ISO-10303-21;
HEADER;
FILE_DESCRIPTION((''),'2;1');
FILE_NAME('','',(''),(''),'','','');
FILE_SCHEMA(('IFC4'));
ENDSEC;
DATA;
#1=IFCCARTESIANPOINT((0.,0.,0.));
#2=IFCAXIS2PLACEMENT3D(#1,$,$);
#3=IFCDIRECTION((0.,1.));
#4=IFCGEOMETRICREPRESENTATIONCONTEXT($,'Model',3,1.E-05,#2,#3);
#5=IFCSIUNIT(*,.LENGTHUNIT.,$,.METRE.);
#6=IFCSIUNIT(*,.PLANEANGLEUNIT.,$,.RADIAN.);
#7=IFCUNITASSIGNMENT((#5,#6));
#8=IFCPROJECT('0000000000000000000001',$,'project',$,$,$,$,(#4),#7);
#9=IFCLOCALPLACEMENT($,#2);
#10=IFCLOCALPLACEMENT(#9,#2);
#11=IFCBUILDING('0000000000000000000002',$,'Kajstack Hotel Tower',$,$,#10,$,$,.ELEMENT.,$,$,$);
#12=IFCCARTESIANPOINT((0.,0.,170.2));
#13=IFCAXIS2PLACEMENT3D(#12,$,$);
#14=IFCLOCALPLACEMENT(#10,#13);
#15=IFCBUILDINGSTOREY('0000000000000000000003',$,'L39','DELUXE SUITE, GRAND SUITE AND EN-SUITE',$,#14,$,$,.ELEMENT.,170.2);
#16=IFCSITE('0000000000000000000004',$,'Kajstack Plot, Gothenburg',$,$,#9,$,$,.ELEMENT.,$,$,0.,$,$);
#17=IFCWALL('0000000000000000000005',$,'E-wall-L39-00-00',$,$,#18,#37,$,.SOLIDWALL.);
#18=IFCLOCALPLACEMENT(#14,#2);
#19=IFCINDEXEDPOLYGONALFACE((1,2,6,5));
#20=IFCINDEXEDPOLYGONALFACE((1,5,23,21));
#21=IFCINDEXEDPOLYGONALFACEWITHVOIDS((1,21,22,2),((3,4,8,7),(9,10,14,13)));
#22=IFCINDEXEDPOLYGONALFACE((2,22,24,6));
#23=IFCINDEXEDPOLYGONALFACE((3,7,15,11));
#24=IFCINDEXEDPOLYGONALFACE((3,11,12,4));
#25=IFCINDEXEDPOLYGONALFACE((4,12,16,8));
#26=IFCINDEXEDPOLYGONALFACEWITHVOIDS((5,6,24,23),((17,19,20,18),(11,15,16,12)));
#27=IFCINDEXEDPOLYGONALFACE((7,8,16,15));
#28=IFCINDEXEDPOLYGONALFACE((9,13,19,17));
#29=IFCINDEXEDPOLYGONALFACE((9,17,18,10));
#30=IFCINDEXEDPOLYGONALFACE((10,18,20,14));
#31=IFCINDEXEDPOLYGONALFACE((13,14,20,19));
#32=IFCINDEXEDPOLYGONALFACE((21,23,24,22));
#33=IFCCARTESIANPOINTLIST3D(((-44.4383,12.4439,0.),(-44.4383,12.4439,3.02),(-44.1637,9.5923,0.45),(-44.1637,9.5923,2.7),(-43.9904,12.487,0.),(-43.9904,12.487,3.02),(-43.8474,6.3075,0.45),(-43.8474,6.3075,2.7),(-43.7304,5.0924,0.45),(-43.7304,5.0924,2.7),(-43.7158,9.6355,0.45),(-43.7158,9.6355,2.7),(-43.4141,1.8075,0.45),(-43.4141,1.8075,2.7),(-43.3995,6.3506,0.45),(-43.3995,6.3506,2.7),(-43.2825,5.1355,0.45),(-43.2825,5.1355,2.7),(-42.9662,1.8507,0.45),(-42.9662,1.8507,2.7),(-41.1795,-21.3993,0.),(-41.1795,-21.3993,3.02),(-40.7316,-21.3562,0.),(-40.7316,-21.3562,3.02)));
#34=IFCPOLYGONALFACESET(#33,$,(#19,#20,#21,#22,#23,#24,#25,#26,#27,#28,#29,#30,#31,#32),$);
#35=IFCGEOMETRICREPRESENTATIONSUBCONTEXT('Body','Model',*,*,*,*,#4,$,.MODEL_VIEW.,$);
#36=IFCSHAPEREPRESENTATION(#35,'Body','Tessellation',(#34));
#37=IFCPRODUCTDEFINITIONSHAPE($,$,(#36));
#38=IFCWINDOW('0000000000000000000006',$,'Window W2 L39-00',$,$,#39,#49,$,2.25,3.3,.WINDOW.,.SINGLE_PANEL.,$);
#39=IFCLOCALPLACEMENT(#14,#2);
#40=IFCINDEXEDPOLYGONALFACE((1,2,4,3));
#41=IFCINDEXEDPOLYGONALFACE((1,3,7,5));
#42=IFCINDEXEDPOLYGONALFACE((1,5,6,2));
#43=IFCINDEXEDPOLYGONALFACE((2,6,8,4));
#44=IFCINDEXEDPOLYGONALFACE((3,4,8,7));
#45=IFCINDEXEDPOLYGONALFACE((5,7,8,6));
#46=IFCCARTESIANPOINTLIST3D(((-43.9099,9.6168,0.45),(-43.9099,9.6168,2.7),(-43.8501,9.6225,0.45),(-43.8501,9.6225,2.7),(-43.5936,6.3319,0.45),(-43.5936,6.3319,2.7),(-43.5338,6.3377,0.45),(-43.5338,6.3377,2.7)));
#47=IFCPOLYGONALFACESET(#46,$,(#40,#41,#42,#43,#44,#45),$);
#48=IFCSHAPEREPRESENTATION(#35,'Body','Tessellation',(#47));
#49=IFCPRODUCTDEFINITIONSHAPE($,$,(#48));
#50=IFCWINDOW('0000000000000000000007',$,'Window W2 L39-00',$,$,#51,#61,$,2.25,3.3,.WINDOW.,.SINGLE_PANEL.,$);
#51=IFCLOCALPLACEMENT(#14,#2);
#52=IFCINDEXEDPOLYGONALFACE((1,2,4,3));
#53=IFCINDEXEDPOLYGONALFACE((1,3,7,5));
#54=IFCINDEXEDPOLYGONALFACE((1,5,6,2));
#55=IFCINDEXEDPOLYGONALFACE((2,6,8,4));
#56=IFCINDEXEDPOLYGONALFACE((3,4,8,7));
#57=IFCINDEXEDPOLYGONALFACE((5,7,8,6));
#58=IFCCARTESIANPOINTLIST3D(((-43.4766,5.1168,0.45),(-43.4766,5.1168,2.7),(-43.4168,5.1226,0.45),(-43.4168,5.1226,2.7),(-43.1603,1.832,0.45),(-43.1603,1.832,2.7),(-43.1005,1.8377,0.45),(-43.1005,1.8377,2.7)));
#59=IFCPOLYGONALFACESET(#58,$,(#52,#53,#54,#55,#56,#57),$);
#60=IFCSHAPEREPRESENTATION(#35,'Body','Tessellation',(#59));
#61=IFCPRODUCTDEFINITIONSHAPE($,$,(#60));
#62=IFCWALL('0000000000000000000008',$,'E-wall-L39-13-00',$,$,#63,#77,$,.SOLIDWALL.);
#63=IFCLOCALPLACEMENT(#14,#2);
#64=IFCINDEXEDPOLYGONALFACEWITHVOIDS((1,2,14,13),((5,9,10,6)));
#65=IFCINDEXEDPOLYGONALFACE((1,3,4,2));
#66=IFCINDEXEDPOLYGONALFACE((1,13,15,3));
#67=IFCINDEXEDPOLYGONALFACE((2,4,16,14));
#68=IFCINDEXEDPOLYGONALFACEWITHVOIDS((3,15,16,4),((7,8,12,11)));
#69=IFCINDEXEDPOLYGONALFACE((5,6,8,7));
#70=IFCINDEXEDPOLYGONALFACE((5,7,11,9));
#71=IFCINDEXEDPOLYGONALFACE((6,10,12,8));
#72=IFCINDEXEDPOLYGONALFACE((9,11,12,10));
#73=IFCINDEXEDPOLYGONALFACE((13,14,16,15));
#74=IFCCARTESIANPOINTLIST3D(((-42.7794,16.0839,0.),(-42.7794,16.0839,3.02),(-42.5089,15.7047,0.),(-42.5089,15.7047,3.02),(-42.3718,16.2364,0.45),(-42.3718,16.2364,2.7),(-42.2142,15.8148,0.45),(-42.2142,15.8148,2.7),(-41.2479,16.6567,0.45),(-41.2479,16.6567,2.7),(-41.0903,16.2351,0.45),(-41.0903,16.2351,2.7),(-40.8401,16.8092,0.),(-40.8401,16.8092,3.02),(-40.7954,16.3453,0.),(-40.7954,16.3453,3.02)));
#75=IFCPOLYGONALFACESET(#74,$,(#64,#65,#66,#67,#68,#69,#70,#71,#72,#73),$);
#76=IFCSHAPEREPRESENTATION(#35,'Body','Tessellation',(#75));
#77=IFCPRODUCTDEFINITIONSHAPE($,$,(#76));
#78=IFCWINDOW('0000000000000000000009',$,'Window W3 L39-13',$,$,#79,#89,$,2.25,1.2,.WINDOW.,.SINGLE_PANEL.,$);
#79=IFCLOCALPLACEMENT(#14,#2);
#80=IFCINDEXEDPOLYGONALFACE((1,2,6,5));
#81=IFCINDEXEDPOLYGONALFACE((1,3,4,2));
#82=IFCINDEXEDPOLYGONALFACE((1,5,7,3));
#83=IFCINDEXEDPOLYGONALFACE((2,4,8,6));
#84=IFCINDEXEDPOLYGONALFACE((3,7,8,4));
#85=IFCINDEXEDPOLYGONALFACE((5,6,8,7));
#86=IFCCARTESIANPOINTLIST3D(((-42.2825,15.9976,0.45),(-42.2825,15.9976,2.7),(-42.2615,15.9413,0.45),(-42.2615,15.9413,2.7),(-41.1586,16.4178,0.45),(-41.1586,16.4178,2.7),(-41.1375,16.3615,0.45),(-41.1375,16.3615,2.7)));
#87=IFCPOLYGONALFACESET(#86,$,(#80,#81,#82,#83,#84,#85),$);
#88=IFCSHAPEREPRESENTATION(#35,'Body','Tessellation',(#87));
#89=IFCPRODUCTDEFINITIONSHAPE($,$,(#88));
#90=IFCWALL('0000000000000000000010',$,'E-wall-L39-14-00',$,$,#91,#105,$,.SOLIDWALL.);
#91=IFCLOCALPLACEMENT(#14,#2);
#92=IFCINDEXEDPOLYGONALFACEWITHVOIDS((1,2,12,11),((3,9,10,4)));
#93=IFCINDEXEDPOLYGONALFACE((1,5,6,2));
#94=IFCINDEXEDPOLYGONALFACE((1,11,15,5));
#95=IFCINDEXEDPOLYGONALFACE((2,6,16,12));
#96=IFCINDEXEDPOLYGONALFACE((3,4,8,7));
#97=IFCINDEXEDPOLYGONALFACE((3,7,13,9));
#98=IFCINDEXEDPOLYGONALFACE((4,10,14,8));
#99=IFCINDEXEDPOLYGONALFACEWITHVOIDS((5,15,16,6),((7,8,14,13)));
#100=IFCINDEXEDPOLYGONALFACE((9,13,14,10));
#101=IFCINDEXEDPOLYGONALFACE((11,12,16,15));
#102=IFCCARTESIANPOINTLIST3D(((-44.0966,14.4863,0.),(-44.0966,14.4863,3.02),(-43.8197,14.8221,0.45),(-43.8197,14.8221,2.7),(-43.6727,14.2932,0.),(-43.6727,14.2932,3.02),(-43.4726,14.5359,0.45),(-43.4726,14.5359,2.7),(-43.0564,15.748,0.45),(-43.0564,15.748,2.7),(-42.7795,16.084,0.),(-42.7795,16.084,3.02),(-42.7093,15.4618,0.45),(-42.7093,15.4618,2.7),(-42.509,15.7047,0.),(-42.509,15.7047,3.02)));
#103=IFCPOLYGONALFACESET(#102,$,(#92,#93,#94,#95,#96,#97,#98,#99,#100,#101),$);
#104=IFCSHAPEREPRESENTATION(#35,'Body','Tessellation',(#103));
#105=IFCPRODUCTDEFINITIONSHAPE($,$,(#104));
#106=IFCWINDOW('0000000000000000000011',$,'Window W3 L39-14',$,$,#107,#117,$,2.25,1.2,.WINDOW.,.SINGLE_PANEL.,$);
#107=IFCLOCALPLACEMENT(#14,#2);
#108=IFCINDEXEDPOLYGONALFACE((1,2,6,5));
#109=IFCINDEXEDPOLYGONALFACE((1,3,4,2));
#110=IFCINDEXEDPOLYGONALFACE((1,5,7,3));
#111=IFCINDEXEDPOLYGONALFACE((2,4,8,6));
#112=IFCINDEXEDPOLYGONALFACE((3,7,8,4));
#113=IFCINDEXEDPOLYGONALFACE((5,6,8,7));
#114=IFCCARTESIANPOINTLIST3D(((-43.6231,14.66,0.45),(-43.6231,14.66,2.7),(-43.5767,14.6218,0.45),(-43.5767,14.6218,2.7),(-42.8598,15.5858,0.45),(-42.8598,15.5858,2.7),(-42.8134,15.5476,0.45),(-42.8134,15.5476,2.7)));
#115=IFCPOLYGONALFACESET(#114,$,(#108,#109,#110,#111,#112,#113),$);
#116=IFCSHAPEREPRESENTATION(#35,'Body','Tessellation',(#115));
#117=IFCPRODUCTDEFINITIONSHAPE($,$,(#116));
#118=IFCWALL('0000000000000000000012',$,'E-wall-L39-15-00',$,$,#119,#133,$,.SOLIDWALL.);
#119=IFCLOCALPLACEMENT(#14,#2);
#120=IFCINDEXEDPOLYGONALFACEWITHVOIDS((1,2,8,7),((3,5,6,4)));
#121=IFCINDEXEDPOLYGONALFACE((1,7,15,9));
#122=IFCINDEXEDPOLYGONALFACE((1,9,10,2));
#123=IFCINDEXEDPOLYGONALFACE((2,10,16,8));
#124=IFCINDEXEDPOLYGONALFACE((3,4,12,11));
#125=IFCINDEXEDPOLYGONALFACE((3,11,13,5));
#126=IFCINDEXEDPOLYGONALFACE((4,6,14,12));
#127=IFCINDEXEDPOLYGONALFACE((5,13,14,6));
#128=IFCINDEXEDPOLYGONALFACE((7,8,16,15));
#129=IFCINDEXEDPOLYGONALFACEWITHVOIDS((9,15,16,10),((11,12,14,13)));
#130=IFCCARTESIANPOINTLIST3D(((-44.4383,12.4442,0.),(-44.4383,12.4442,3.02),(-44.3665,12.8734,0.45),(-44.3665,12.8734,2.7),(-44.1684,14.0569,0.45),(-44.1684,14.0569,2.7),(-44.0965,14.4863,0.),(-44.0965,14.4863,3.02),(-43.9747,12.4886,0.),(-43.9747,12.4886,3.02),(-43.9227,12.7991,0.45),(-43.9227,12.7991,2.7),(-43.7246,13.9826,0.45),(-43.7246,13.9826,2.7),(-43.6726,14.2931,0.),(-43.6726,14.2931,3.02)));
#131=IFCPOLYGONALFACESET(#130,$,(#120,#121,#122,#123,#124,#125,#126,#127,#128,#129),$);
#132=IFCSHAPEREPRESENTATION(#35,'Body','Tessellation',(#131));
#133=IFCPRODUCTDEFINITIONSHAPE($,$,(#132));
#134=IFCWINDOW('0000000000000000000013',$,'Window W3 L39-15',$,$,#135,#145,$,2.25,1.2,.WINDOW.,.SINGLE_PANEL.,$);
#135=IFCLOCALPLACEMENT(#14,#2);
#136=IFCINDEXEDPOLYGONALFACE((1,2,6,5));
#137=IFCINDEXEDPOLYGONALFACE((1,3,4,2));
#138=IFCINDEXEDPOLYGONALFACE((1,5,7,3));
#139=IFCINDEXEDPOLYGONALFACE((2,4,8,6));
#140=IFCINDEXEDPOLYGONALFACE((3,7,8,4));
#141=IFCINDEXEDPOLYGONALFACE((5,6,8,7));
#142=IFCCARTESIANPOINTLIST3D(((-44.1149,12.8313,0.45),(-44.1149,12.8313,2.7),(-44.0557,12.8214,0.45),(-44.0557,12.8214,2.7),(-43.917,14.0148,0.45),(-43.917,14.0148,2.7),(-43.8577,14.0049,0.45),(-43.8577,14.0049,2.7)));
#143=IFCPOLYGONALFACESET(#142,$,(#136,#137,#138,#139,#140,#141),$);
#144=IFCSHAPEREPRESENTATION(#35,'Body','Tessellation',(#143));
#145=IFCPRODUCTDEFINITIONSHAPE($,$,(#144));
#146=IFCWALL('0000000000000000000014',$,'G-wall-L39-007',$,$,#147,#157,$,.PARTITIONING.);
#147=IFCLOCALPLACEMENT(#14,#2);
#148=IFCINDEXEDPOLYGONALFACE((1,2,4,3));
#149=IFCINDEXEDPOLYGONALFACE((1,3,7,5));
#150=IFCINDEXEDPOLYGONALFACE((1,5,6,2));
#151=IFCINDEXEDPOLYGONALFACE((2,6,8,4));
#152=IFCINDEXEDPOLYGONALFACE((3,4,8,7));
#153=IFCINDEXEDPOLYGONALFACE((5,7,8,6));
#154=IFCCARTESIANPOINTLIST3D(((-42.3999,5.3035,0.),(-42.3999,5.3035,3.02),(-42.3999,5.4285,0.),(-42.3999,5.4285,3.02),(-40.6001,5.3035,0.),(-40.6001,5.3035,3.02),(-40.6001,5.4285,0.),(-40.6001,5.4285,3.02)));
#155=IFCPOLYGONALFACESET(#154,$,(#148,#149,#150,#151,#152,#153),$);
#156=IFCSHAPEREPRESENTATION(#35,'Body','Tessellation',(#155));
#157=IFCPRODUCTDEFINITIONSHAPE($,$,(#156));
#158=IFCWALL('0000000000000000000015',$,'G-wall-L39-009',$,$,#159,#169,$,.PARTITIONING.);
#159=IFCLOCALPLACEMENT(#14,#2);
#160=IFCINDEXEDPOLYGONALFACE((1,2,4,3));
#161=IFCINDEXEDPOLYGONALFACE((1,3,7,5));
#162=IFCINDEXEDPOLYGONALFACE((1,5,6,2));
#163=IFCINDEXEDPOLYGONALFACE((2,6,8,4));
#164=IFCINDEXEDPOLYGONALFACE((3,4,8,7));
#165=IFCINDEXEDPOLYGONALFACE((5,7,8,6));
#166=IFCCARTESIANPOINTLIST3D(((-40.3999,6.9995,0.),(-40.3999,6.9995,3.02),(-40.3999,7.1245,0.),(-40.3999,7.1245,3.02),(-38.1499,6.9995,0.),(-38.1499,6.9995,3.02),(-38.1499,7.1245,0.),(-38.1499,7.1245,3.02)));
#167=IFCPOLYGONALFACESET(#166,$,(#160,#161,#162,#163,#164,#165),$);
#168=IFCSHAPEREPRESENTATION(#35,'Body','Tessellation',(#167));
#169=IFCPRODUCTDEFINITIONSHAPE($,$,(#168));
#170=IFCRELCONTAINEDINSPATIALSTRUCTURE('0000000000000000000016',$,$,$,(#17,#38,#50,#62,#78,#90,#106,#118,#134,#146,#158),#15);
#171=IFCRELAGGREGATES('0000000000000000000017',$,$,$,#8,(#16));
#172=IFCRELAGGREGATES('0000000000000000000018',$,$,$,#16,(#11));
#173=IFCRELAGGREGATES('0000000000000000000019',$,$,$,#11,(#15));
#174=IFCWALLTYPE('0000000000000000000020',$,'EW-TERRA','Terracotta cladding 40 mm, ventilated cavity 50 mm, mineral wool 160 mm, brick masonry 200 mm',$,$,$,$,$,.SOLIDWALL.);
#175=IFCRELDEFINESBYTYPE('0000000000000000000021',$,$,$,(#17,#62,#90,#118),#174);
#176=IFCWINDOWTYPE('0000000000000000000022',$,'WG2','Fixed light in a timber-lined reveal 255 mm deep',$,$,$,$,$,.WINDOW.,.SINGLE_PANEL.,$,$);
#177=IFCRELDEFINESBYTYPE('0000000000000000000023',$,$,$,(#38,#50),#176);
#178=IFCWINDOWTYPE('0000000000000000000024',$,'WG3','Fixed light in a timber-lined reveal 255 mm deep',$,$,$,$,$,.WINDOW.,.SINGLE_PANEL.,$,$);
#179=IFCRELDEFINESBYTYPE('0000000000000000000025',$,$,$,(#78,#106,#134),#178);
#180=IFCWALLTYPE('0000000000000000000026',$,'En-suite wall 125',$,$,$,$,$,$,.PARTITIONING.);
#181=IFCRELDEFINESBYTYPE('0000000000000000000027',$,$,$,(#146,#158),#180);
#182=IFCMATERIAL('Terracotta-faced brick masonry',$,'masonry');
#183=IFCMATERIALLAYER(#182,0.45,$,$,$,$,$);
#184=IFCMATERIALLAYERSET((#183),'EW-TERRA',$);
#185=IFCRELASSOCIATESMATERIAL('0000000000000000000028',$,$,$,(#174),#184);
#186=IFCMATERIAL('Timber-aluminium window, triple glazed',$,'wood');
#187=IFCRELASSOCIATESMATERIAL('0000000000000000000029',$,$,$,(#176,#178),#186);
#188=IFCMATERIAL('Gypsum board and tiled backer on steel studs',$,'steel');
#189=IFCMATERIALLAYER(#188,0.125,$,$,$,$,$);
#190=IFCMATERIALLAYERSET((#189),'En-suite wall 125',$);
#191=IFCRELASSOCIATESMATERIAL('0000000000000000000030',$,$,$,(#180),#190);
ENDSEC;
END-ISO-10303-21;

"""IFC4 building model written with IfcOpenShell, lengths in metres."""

from ifc_helpers import new_model, si_unit, direction, frame, frame_2d, origin, place, context, subcontext, project, spatial, polyline, rectangle, outline, extrude, material, layer, layer_set, type_object, element, fill, save


model = new_model("IFC4")

# Units and contexts
model_context = context("Model", 3, precision=1e-05, world=origin(), true_north=direction((0.0, 1.0)))
body_context = subcontext(model_context, "Body", "Model", "MODEL_VIEW")
ifc_project = project(units=[si_unit("LENGTHUNIT", "METRE"), si_unit("PLANEANGLEUNIT", "RADIAN")], contexts=[model_context])

# Site, building, storey
site_placement = place(None, origin())
site = spatial("IfcSite", under=ifc_project, at=site_placement, Name="Kajstack Plot, Gothenburg", CompositionType="ELEMENT", RefElevation=0.0)
building_placement = place(site_placement, origin())
building = spatial("IfcBuilding", under=site, at=building_placement, Name="Kajstack Hotel Tower", CompositionType="ELEMENT")
storey_placement = place(building_placement, frame((0.0, 0.0, 170.2)))
storey = spatial("IfcBuildingStorey", under=building, at=storey_placement, Name="L39", Description="DELUXE SUITE, GRAND SUITE AND EN-SUITE", CompositionType="ELEMENT", Elevation=170.2)

# Wall, openings, windows
ifc_material_1 = material(Name="Terracotta-faced brick masonry", Category="masonry")
ifc_layer_1 = layer(ifc_material_1, 0.45)
ifc_layer_set_1 = layer_set([ifc_layer_1], Name="EW-TERRA")
wall_type_1 = type_object("IfcWallType", Name="EW-TERRA", Description="Terracotta cladding 40 mm, ventilated cavity 50 mm, mineral wool 160 mm, brick masonry 200 mm", PredefinedType="SOLIDWALL", material=ifc_layer_set_1)
wall_1_placement = place(storey_placement, frame((-44.2144, 12.4656, 0.0), z_axis=(0.0, 0.0, 1.0), x_axis=(0.095847, -0.995396, 0.0)))
wall_1 = element("IfcWall", 1, at=wall_1_placement, inside=storey, type_object=wall_type_1, Name="E-wall-L39-00-00", PredefinedType="SOLIDWALL", context=body_context, shape_type="SweptSolid", body=[
    extrude(rectangle(XDim=33.9998, YDim=0.45, at=frame_2d((17.0, 0.0))), origin(), (0.0, 0.0, 1.0), 3.02),
])
opening_1_placement = place(wall_1_placement, frame((2.865, 0.0, 0.45)))
opening_1 = element("IfcOpeningElement", 2, at=opening_1_placement, cuts=wall_1, PredefinedType="OPENING", context=body_context, shape_type="SweptSolid", body=[
    extrude(rectangle(XDim=3.3, YDim=2.25, at=frame_2d((1.6499, 1.125))), frame((0.0, 0.2349, 0.0), z_axis=(0.0, -1.0, 0.0), x_axis=(1.0, 0.0, 0.0)), (0.0, 0.0, 1.0), 0.47),
])
opening_2_placement = place(wall_1_placement, frame((7.3857, 0.0, 0.45)))
opening_2 = element("IfcOpeningElement", 3, at=opening_2_placement, cuts=wall_1, PredefinedType="OPENING", context=body_context, shape_type="SweptSolid", body=[
    extrude(rectangle(XDim=3.3, YDim=2.25, at=frame_2d((1.6499, 1.125))), frame((0.0, 0.2349, 0.0), z_axis=(0.0, -1.0, 0.0), x_axis=(1.0, 0.0, 0.0)), (0.0, 0.0, 1.0), 0.47),
])
ifc_material_2 = material(Name="Timber-aluminium window, triple glazed", Category="wood")
window_type_1 = type_object("IfcWindowType", Name="WG2", Description="Fixed light in a timber-lined reveal 255 mm deep", PartitioningType="SINGLE_PANEL", PredefinedType="WINDOW", material=ifc_material_2)
window_1_placement = place(opening_1_placement, origin())
window_1 = element("IfcWindow", 4, at=window_1_placement, inside=storey, type_object=window_type_1, Name="Window W2 L39-00", OverallHeight=2.25, OverallWidth=3.3, PartitioningType="SINGLE_PANEL", PredefinedType="WINDOW", context=body_context, shape_type="SweptSolid", body=[
    extrude(rectangle(XDim=3.3, YDim=2.25, at=frame_2d((1.6499, 1.125))), frame((0.0, 0.0901, 0.0), z_axis=(0.0, -1.0, 0.0), x_axis=(1.0, 0.0, 0.0)), (0.0, 0.0, 1.0), 0.0601),
])
fill(opening_1, window_1)
window_2_placement = place(opening_2_placement, origin())
window_2 = element("IfcWindow", 5, at=window_2_placement, inside=storey, type_object=window_type_1, Name="Window W2 L39-00", OverallHeight=2.25, OverallWidth=3.3, PartitioningType="SINGLE_PANEL", PredefinedType="WINDOW", context=body_context, shape_type="SweptSolid", body=[
    extrude(rectangle(XDim=3.3, YDim=2.25, at=frame_2d((1.6499, 1.125))), frame((0.0, 0.0901, 0.0), z_axis=(0.0, -1.0, 0.0), x_axis=(1.0, 0.0, 0.0)), (0.0, 0.0, 1.0), 0.0601),
])
fill(opening_2, window_2)

# Walls, openings, windows
wall_2_placement = place(storey_placement, frame((-40.7612, 16.5984, 0.0), z_axis=(0.0, 0.0, 1.0), x_axis=(-0.936678, -0.350193, 0.0)))
wall_2 = element("IfcWall", 6, at=wall_2_placement, inside=storey, type_object=wall_type_1, Name="E-wall-L39-13-00", PredefinedType="SOLIDWALL", context=body_context, shape_type="SweptSolid", body=[
    extrude(outline(polyline([(0.0, -0.2251), (2.0706, -0.2249), (1.95, 0.2251), (0.1206, 0.2251), (0.0, -0.2251)])), origin(), (0.0, 0.0, 1.0), 3.02),
])
opening_3_placement = place(wall_2_placement, frame((0.4353, 0.0, 0.45)))
opening_3 = element("IfcOpeningElement", 7, at=opening_3_placement, cuts=wall_2, PredefinedType="OPENING", context=body_context, shape_type="SweptSolid", body=[
    extrude(rectangle(XDim=1.2, YDim=2.25, at=frame_2d((0.6001, 1.125))), frame((0.0, 0.2349, 0.0), z_axis=(0.0, -1.0, 0.0), x_axis=(1.0, 0.0, 0.0)), (0.0, 0.0, 1.0), 0.47),
])
window_type_2 = type_object("IfcWindowType", Name="WG3", Description="Fixed light in a timber-lined reveal 255 mm deep", PartitioningType="SINGLE_PANEL", PredefinedType="WINDOW", material=ifc_material_2)
window_3_placement = place(opening_3_placement, origin())
window_3 = element("IfcWindow", 8, at=window_3_placement, inside=storey, type_object=window_type_2, Name="Window W3 L39-13", OverallHeight=2.25, OverallWidth=1.2, PartitioningType="SINGLE_PANEL", PredefinedType="WINDOW", context=body_context, shape_type="SweptSolid", body=[
    extrude(rectangle(XDim=1.2, YDim=2.25, at=frame_2d((0.6001, 1.125))), frame((0.0, 0.0901, 0.0), z_axis=(0.0, -1.0, 0.0), x_axis=(1.0, 0.0, 0.0)), (0.0, 0.0, 1.0), 0.0601),
])
fill(opening_3, window_3)
wall_3_placement = place(storey_placement, frame((-42.606, 15.9409, 0.0), z_axis=(0.0, 0.0, 1.0), x_axis=(-0.636116, -0.771593, 0.0)))
wall_3 = element("IfcWall", 9, at=wall_3_placement, inside=storey, type_object=wall_type_1, Name="E-wall-L39-14-00", PredefinedType="SOLIDWALL", context=body_context, shape_type="SweptSolid", body=[
    extrude(outline(polyline([(0.0, -0.2249), (2.0706, -0.2249), (1.95, 0.2251), (0.1206, 0.2251), (0.0, -0.2249)])), origin(), (0.0, 0.0, 1.0), 3.02),
])
opening_4_placement = place(wall_3_placement, frame((0.4353, 0.0, 0.45)))
opening_4 = element("IfcOpeningElement", 10, at=opening_4_placement, cuts=wall_3, PredefinedType="OPENING", context=body_context, shape_type="SweptSolid", body=[
    extrude(rectangle(XDim=1.2, YDim=2.25, at=frame_2d((0.6001, 1.125))), frame((0.0, 0.2349, 0.0), z_axis=(0.0, -1.0, 0.0), x_axis=(1.0, 0.0, 0.0)), (0.0, 0.0, 1.0), 0.47),
])
window_4_placement = place(opening_4_placement, origin())
window_4 = element("IfcWindow", 11, at=window_4_placement, inside=storey, type_object=window_type_2, Name="Window W3 L39-14", OverallHeight=2.25, OverallWidth=1.2, PartitioningType="SINGLE_PANEL", PredefinedType="WINDOW", context=body_context, shape_type="SweptSolid", body=[
    extrude(rectangle(XDim=1.2, YDim=2.25, at=frame_2d((0.6001, 1.125))), frame((0.0, 0.0901, 0.0), z_axis=(0.0, -1.0, 0.0), x_axis=(1.0, 0.0, 0.0)), (0.0, 0.0, 1.0), 0.0601),
])
fill(opening_4, window_4)
wall_4_placement = place(storey_placement, frame((-43.8748, 14.4492, 0.0), z_axis=(0.0, 0.0, 1.0), x_axis=(-0.164953, -0.986301, 0.0)))
wall_4 = element("IfcWall", 12, at=wall_4_placement, inside=storey, type_object=wall_type_1, Name="E-wall-L39-15-00", PredefinedType="SOLIDWALL", context=body_context, shape_type="SweptSolid", body=[
    extrude(outline(polyline([(0.0, -0.2249), (2.0706, -0.2251), (1.9502, 0.2249), (0.1206, 0.2251), (0.0, -0.2249)])), origin(), (0.0, 0.0, 1.0), 3.02),
])
opening_5_placement = place(wall_4_placement, frame((0.4353, 0.0, 0.45)))
opening_5 = element("IfcOpeningElement", 13, at=opening_5_placement, cuts=wall_4, PredefinedType="OPENING", context=body_context, shape_type="SweptSolid", body=[
    extrude(rectangle(XDim=1.2, YDim=2.25, at=frame_2d((0.6001, 1.125))), frame((0.0, 0.2349, 0.0), z_axis=(0.0, -1.0, 0.0), x_axis=(1.0, 0.0, 0.0)), (0.0, 0.0, 1.0), 0.47),
])
window_5_placement = place(opening_5_placement, origin())
window_5 = element("IfcWindow", 14, at=window_5_placement, inside=storey, type_object=window_type_2, Name="Window W3 L39-15", OverallHeight=2.25, OverallWidth=1.2, PartitioningType="SINGLE_PANEL", PredefinedType="WINDOW", context=body_context, shape_type="SweptSolid", body=[
    extrude(rectangle(XDim=1.2, YDim=2.25, at=frame_2d((0.6001, 1.125))), frame((0.0, 0.0901, 0.0), z_axis=(0.0, -1.0, 0.0), x_axis=(1.0, 0.0, 0.0)), (0.0, 0.0, 1.0), 0.0601),
])
fill(opening_5, window_5)

# Walls
ifc_material_3 = material(Name="Gypsum board and tiled backer on steel studs", Category="steel")
ifc_layer_2 = layer(ifc_material_3, 0.125)
ifc_layer_set_2 = layer_set([ifc_layer_2], Name="En-suite wall 125")
wall_type_2 = type_object("IfcWallType", Name="En-suite wall 125", PredefinedType="PARTITIONING", material=ifc_layer_set_2)
wall_5_placement = place(storey_placement, frame((-42.3999, 5.366, 0.0), z_axis=(0.0, 0.0, 1.0), x_axis=(1.0, 0.0, 0.0)))
element("IfcWall", 15, at=wall_5_placement, inside=storey, type_object=wall_type_2, Name="G-wall-L39-007", PredefinedType="PARTITIONING", context=body_context, shape_type="SweptSolid", body=[
    extrude(rectangle(XDim=1.7998, YDim=0.125, at=frame_2d((0.8999, 0.0))), origin(), (0.0, 0.0, 1.0), 3.02),
])
for number, where, z_axis, x_axis, name in (
    (16, (-40.3999, 7.062, 0.0), (0.0, 0.0, 1.0), (1.0, 0.0, 0.0), "G-wall-L39-009"),
):
    element("IfcWall", number, at=place(storey_placement, frame(where, z_axis=z_axis, x_axis=x_axis)), inside=storey, type_object=wall_type_2, Name=name, PredefinedType="PARTITIONING", context=body_context, shape_type="SweptSolid", body=[
        extrude(rectangle(XDim=2.25, YDim=0.125, at=frame_2d((1.125, 0.0))), origin(), (0.0, 0.0, 1.0), 3.02),
    ])

save(model, "model.ifc")
